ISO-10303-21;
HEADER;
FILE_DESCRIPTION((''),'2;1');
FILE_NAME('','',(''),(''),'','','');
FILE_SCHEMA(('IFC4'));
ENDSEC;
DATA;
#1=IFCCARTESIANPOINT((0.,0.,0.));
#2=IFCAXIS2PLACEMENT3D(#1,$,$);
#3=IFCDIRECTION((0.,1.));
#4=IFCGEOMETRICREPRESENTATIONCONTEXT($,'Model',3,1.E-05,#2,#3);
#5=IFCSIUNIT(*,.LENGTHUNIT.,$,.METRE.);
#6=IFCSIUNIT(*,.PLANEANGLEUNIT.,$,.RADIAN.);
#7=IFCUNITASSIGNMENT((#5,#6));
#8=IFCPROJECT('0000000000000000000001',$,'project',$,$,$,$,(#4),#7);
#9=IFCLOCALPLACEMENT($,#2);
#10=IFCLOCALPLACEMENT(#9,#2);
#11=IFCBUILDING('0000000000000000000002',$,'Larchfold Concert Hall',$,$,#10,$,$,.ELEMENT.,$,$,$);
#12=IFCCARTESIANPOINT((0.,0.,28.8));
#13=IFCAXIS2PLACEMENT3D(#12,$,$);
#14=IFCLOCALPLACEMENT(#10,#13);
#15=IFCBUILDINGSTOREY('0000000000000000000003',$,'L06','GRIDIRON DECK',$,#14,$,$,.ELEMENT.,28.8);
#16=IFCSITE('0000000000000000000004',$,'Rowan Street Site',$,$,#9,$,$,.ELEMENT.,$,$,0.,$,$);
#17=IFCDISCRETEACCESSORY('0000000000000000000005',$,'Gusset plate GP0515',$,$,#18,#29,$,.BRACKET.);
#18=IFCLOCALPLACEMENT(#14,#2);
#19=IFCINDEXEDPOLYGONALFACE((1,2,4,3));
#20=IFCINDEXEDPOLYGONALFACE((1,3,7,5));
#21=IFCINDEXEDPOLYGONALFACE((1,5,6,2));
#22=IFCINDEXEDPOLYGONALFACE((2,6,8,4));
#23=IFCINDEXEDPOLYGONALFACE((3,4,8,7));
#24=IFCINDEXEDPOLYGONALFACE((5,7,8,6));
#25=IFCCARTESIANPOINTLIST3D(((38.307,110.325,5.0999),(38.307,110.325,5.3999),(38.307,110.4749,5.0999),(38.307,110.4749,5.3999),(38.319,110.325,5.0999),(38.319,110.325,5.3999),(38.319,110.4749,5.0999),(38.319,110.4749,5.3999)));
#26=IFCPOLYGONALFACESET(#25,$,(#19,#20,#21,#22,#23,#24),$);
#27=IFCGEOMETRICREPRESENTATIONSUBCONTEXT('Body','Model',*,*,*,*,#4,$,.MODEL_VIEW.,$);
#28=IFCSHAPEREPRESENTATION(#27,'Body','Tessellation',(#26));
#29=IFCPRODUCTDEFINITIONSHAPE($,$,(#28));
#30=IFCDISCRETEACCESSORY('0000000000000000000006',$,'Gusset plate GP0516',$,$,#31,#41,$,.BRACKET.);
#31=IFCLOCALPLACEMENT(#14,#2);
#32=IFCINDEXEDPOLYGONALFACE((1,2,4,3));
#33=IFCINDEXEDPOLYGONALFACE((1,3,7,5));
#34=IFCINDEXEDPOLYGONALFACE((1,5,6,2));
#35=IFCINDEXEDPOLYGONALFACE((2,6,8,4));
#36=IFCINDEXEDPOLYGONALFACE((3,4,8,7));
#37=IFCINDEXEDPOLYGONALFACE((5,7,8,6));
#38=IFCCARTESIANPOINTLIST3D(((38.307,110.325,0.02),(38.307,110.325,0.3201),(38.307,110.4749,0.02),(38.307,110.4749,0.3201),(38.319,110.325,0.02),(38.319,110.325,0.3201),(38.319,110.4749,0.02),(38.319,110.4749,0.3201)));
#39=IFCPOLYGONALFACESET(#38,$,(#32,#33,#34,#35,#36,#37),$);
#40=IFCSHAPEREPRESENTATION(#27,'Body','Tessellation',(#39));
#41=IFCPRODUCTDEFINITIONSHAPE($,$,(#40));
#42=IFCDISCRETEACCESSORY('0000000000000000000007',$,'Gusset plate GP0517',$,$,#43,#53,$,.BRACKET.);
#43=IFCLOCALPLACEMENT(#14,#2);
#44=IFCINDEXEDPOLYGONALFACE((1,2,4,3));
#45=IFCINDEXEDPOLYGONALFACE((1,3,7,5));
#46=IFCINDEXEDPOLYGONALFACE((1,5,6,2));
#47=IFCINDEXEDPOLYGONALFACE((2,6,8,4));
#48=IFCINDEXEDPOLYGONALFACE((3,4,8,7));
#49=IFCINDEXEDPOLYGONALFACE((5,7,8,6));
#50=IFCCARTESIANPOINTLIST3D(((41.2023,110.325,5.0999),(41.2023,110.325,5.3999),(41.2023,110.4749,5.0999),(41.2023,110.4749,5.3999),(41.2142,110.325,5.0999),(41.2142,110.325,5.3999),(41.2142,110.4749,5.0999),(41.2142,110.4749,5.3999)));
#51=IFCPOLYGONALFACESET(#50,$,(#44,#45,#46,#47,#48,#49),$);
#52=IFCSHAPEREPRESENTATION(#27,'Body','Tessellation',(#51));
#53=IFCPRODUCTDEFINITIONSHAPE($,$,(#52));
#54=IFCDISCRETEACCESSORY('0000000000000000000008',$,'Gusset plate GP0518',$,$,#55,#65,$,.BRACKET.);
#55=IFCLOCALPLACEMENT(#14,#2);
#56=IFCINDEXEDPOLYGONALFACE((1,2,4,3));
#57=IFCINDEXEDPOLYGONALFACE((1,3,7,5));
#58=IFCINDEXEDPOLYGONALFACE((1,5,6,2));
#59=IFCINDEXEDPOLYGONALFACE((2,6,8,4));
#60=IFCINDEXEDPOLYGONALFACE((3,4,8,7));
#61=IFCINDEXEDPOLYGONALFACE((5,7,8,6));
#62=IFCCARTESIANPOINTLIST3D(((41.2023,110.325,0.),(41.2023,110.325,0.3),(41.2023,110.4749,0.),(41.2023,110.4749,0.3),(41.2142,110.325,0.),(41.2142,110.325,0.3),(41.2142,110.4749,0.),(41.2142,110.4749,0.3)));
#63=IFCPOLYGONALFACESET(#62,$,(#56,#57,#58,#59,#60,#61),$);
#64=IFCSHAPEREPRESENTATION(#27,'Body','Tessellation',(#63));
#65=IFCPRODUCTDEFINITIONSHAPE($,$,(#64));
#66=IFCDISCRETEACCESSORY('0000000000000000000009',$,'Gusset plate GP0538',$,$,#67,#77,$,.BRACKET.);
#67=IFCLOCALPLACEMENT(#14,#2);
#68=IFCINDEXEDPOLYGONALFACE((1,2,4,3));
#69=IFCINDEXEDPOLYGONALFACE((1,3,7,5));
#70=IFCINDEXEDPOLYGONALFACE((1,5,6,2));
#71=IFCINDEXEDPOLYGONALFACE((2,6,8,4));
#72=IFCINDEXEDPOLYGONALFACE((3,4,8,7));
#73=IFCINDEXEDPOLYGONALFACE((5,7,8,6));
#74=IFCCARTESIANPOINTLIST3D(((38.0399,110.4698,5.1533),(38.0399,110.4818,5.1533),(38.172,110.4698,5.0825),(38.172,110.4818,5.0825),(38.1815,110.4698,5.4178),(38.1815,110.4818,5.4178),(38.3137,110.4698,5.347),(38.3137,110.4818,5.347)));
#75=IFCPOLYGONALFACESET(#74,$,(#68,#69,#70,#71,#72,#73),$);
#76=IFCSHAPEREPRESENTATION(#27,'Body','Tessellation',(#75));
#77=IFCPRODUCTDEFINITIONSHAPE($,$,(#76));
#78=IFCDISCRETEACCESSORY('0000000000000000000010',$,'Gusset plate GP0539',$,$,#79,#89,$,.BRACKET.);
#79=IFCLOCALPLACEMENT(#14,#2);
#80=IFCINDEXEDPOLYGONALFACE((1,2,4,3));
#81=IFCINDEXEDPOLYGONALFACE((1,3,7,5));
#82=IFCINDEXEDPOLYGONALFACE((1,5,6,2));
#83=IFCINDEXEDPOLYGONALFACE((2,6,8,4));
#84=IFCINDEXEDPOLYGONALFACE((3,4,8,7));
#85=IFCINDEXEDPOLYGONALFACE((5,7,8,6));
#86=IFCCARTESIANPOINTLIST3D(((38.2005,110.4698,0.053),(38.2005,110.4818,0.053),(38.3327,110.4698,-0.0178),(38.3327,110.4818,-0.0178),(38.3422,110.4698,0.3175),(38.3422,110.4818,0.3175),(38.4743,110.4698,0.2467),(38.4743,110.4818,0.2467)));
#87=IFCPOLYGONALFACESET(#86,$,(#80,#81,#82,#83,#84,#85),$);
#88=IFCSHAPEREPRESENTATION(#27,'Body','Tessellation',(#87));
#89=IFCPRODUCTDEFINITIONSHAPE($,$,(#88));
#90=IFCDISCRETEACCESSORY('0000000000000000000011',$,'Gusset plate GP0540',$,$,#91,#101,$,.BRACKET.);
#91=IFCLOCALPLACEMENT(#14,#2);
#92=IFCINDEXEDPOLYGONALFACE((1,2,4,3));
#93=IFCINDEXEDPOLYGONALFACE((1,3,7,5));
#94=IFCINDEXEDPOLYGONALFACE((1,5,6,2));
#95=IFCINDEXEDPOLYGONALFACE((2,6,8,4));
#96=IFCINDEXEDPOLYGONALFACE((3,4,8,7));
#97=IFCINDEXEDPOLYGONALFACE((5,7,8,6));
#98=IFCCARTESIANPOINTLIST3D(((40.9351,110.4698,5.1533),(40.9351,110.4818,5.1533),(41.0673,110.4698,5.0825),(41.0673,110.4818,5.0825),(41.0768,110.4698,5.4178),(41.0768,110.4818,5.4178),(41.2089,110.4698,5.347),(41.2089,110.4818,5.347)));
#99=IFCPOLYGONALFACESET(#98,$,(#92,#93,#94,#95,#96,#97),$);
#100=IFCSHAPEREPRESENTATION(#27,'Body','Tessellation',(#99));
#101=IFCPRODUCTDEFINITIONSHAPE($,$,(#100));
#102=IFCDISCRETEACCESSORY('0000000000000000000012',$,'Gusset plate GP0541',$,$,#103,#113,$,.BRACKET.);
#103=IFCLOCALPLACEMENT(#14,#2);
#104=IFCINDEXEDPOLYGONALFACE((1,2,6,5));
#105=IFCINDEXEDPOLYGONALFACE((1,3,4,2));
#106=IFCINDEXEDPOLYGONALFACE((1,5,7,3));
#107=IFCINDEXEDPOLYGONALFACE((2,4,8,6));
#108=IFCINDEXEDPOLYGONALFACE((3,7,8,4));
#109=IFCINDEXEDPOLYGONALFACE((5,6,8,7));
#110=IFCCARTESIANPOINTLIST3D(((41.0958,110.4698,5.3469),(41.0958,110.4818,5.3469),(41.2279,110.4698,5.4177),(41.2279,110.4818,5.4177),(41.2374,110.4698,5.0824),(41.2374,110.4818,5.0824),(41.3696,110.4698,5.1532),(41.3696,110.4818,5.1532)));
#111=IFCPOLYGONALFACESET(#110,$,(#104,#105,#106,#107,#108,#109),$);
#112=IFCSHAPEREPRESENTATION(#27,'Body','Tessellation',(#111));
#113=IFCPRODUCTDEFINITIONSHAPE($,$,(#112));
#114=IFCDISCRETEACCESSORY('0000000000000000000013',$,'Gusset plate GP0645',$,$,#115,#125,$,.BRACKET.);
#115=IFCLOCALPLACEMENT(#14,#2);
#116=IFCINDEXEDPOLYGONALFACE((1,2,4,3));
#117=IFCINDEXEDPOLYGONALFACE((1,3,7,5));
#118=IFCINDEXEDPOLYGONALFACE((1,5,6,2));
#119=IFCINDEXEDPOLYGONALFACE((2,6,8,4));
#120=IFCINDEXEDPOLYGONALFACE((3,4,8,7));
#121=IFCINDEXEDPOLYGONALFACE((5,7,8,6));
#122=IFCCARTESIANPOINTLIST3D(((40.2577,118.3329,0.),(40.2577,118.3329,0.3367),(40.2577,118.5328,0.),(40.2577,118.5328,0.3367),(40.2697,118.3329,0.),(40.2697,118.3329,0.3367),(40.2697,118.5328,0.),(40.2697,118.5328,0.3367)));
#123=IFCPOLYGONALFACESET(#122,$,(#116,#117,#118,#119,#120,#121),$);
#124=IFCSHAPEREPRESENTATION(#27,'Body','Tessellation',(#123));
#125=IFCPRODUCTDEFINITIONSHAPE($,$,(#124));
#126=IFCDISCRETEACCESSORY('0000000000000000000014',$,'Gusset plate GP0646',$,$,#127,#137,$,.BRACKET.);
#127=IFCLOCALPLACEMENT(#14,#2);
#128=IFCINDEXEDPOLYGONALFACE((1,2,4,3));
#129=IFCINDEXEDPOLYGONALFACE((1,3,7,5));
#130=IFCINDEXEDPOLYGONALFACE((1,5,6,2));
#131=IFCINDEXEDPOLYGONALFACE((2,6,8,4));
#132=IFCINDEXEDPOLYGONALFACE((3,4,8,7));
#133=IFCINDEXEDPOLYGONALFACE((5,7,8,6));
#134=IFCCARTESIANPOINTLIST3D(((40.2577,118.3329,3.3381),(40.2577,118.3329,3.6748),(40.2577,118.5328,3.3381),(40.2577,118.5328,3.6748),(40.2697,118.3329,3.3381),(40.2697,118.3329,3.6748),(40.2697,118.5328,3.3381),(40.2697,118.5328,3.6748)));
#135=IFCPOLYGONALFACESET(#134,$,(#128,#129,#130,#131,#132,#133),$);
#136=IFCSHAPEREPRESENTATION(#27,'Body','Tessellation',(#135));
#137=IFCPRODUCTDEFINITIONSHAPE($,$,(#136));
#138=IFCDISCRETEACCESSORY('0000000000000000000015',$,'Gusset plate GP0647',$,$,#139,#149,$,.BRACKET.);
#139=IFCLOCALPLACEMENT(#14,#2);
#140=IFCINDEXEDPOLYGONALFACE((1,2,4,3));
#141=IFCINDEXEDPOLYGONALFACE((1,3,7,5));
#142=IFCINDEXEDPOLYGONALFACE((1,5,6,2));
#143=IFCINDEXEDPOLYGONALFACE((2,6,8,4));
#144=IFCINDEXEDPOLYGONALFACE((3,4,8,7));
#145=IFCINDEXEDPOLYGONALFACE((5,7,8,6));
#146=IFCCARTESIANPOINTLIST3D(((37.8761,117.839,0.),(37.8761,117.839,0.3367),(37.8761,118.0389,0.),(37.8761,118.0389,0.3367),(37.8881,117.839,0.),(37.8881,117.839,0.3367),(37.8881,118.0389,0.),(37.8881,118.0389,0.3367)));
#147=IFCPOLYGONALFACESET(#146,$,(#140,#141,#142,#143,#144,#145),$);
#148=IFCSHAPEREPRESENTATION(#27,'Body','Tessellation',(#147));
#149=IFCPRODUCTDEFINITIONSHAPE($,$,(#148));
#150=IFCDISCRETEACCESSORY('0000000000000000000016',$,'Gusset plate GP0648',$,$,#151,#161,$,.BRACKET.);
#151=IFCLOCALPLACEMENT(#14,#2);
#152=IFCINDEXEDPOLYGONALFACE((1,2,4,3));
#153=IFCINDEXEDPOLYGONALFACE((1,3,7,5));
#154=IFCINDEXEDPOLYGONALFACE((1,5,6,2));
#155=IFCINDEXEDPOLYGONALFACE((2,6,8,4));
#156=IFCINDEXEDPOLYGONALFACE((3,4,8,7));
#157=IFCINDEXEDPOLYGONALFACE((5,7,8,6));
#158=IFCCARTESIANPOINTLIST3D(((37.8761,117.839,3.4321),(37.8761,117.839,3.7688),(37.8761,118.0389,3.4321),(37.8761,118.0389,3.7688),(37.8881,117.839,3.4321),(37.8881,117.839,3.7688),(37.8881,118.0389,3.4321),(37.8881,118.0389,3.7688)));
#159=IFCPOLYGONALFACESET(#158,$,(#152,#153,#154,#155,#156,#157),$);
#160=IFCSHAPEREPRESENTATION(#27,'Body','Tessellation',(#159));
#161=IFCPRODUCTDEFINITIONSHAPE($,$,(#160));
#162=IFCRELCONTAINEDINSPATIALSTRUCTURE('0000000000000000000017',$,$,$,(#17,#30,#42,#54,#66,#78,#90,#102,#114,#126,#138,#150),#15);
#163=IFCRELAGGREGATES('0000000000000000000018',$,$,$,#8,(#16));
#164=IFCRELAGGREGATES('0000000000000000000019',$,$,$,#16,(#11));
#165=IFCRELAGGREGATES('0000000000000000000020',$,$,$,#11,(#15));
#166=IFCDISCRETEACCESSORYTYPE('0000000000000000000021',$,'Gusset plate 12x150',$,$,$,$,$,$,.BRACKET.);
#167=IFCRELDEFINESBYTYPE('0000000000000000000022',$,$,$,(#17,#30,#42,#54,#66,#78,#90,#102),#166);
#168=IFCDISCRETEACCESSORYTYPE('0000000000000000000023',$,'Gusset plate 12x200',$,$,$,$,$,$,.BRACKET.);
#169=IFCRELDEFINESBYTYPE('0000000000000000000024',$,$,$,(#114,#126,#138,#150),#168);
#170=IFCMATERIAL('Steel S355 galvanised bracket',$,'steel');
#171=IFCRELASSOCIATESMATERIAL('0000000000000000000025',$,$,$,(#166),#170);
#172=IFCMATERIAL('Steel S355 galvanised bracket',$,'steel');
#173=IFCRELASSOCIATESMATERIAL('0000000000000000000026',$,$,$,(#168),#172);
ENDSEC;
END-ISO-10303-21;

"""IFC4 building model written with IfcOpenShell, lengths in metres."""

from ifc_helpers import new_model, si_unit, direction, frame, origin, origin_2d, place, context, subcontext, project, spatial, rectangle, extrude, material, material_profile, profile_set, type_object, element, save


model = new_model("IFC4")

# Units and contexts
model_context = context("Model", 3, precision=1e-05, world=origin(), true_north=direction((0.0, 1.0)))
body_context = subcontext(model_context, "Body", "Model", "MODEL_VIEW")
ifc_project = project(units=[si_unit("LENGTHUNIT", "METRE"), si_unit("PLANEANGLEUNIT", "RADIAN")], contexts=[model_context])

# Site, building, storey
site_placement = place(None, origin())
site = spatial("IfcSite", under=ifc_project, at=site_placement, Name="Rowan Street Site", CompositionType="ELEMENT", RefElevation=0.0)
building_placement = place(site_placement, origin())
building = spatial("IfcBuilding", under=site, at=building_placement, Name="Larchfold Concert Hall", CompositionType="ELEMENT")
storey_placement = place(building_placement, frame((0.0, 0.0, 28.8)))
storey = spatial("IfcBuildingStorey", under=building, at=storey_placement, Name="L06", Description="GRIDIRON DECK", CompositionType="ELEMENT", Elevation=28.8)

# Discrete accessories
ifc_material_1 = material(Name="Steel S355 galvanised bracket", Category="steel")
ifc_material_profile_1 = material_profile(ifc_material_1, rectangle(XDim=0.012, YDim=0.1499, at=origin_2d()))
ifc_profile_set_1 = profile_set([ifc_material_profile_1], Name="Steel S355 galvanised bracket")
discrete_accessory_type_1 = type_object("IfcDiscreteAccessoryType", Name="Gusset plate 12x150", PredefinedType="BRACKET", material=ifc_profile_set_1)
for number, where, z_axis, x_axis, name in (
    (1, (38.313, 110.3999, 5.3999), (0.0, 0.0, -1.0), (1.0, 0.0, 0.0), "Gusset plate GP0515"),
    (2, (38.313, 110.3999, 0.3201), (0.0, 0.0, -1.0), (1.0, 0.0, 0.0), "Gusset plate GP0516"),
    (3, (41.2083, 110.3999, 5.3999), (0.0, 0.0, -1.0), (1.0, 0.0, 0.0), "Gusset plate GP0517"),
    (4, (41.2083, 110.3999, 0.3), (0.0, 0.0, -1.0), (1.0, 0.0, 0.0), "Gusset plate GP0518"),
    (5, (38.106, 110.4758, 5.1179), (0.472108, 0.0, 0.88154), (0.0, 1.0, 0.0), "Gusset plate GP0538"),
    (6, (38.2666, 110.4758, 0.0176), (0.472108, 0.0, 0.88154), (0.0, 1.0, 0.0), "Gusset plate GP0539"),
    (7, (41.0012, 110.4758, 5.1179), (0.472108, 0.0, 0.88154), (0.0, 1.0, 0.0), "Gusset plate GP0540"),
    (8, (41.1619, 110.4758, 5.3823), (0.472108, 0.0, -0.88154), (0.0, 1.0, 0.0), "Gusset plate GP0541"),
):
    element("IfcDiscreteAccessory", number, at=place(storey_placement, frame(where, z_axis=z_axis, x_axis=x_axis)), inside=storey, type_object=discrete_accessory_type_1, Name=name, PredefinedType="BRACKET", context=body_context, shape_type="SweptSolid", body=[
        extrude(rectangle(XDim=0.012, YDim=0.1499, at=origin_2d()), origin(), (0.0, 0.0, 1.0), 0.3),
    ])
ifc_material_2 = material(Name="Steel S355 galvanised bracket", Category="steel")
ifc_material_profile_2 = material_profile(ifc_material_2, rectangle(XDim=0.012, YDim=0.2, at=origin_2d()))
ifc_profile_set_2 = profile_set([ifc_material_profile_2], Name="Steel S355 galvanised bracket")
discrete_accessory_type_2 = type_object("IfcDiscreteAccessoryType", Name="Gusset plate 12x200", PredefinedType="BRACKET", material=ifc_profile_set_2)
for number, where, z_axis, x_axis, name in (
    (9, (40.2637, 118.4329, 0.0), (0.0, 0.0, 1.0), (1.0, 0.0, 0.0), "Gusset plate GP0645"),
    (10, (40.2637, 118.4329, 3.3381), (0.0, 0.0, 1.0), (1.0, 0.0, 0.0), "Gusset plate GP0646"),
    (11, (37.8821, 117.939, 0.0), (0.0, 0.0, 1.0), (1.0, 0.0, 0.0), "Gusset plate GP0647"),
    (12, (37.8821, 117.939, 3.4321), (0.0, 0.0, 1.0), (1.0, 0.0, 0.0), "Gusset plate GP0648"),
):
    element("IfcDiscreteAccessory", number, at=place(storey_placement, frame(where, z_axis=z_axis, x_axis=x_axis)), inside=storey, type_object=discrete_accessory_type_2, Name=name, PredefinedType="BRACKET", context=body_context, shape_type="SweptSolid", body=[
        extrude(rectangle(XDim=0.012, YDim=0.2, at=origin_2d()), origin(), (0.0, 0.0, 1.0), 0.3367),
    ])

save(model, "model.ifc")
